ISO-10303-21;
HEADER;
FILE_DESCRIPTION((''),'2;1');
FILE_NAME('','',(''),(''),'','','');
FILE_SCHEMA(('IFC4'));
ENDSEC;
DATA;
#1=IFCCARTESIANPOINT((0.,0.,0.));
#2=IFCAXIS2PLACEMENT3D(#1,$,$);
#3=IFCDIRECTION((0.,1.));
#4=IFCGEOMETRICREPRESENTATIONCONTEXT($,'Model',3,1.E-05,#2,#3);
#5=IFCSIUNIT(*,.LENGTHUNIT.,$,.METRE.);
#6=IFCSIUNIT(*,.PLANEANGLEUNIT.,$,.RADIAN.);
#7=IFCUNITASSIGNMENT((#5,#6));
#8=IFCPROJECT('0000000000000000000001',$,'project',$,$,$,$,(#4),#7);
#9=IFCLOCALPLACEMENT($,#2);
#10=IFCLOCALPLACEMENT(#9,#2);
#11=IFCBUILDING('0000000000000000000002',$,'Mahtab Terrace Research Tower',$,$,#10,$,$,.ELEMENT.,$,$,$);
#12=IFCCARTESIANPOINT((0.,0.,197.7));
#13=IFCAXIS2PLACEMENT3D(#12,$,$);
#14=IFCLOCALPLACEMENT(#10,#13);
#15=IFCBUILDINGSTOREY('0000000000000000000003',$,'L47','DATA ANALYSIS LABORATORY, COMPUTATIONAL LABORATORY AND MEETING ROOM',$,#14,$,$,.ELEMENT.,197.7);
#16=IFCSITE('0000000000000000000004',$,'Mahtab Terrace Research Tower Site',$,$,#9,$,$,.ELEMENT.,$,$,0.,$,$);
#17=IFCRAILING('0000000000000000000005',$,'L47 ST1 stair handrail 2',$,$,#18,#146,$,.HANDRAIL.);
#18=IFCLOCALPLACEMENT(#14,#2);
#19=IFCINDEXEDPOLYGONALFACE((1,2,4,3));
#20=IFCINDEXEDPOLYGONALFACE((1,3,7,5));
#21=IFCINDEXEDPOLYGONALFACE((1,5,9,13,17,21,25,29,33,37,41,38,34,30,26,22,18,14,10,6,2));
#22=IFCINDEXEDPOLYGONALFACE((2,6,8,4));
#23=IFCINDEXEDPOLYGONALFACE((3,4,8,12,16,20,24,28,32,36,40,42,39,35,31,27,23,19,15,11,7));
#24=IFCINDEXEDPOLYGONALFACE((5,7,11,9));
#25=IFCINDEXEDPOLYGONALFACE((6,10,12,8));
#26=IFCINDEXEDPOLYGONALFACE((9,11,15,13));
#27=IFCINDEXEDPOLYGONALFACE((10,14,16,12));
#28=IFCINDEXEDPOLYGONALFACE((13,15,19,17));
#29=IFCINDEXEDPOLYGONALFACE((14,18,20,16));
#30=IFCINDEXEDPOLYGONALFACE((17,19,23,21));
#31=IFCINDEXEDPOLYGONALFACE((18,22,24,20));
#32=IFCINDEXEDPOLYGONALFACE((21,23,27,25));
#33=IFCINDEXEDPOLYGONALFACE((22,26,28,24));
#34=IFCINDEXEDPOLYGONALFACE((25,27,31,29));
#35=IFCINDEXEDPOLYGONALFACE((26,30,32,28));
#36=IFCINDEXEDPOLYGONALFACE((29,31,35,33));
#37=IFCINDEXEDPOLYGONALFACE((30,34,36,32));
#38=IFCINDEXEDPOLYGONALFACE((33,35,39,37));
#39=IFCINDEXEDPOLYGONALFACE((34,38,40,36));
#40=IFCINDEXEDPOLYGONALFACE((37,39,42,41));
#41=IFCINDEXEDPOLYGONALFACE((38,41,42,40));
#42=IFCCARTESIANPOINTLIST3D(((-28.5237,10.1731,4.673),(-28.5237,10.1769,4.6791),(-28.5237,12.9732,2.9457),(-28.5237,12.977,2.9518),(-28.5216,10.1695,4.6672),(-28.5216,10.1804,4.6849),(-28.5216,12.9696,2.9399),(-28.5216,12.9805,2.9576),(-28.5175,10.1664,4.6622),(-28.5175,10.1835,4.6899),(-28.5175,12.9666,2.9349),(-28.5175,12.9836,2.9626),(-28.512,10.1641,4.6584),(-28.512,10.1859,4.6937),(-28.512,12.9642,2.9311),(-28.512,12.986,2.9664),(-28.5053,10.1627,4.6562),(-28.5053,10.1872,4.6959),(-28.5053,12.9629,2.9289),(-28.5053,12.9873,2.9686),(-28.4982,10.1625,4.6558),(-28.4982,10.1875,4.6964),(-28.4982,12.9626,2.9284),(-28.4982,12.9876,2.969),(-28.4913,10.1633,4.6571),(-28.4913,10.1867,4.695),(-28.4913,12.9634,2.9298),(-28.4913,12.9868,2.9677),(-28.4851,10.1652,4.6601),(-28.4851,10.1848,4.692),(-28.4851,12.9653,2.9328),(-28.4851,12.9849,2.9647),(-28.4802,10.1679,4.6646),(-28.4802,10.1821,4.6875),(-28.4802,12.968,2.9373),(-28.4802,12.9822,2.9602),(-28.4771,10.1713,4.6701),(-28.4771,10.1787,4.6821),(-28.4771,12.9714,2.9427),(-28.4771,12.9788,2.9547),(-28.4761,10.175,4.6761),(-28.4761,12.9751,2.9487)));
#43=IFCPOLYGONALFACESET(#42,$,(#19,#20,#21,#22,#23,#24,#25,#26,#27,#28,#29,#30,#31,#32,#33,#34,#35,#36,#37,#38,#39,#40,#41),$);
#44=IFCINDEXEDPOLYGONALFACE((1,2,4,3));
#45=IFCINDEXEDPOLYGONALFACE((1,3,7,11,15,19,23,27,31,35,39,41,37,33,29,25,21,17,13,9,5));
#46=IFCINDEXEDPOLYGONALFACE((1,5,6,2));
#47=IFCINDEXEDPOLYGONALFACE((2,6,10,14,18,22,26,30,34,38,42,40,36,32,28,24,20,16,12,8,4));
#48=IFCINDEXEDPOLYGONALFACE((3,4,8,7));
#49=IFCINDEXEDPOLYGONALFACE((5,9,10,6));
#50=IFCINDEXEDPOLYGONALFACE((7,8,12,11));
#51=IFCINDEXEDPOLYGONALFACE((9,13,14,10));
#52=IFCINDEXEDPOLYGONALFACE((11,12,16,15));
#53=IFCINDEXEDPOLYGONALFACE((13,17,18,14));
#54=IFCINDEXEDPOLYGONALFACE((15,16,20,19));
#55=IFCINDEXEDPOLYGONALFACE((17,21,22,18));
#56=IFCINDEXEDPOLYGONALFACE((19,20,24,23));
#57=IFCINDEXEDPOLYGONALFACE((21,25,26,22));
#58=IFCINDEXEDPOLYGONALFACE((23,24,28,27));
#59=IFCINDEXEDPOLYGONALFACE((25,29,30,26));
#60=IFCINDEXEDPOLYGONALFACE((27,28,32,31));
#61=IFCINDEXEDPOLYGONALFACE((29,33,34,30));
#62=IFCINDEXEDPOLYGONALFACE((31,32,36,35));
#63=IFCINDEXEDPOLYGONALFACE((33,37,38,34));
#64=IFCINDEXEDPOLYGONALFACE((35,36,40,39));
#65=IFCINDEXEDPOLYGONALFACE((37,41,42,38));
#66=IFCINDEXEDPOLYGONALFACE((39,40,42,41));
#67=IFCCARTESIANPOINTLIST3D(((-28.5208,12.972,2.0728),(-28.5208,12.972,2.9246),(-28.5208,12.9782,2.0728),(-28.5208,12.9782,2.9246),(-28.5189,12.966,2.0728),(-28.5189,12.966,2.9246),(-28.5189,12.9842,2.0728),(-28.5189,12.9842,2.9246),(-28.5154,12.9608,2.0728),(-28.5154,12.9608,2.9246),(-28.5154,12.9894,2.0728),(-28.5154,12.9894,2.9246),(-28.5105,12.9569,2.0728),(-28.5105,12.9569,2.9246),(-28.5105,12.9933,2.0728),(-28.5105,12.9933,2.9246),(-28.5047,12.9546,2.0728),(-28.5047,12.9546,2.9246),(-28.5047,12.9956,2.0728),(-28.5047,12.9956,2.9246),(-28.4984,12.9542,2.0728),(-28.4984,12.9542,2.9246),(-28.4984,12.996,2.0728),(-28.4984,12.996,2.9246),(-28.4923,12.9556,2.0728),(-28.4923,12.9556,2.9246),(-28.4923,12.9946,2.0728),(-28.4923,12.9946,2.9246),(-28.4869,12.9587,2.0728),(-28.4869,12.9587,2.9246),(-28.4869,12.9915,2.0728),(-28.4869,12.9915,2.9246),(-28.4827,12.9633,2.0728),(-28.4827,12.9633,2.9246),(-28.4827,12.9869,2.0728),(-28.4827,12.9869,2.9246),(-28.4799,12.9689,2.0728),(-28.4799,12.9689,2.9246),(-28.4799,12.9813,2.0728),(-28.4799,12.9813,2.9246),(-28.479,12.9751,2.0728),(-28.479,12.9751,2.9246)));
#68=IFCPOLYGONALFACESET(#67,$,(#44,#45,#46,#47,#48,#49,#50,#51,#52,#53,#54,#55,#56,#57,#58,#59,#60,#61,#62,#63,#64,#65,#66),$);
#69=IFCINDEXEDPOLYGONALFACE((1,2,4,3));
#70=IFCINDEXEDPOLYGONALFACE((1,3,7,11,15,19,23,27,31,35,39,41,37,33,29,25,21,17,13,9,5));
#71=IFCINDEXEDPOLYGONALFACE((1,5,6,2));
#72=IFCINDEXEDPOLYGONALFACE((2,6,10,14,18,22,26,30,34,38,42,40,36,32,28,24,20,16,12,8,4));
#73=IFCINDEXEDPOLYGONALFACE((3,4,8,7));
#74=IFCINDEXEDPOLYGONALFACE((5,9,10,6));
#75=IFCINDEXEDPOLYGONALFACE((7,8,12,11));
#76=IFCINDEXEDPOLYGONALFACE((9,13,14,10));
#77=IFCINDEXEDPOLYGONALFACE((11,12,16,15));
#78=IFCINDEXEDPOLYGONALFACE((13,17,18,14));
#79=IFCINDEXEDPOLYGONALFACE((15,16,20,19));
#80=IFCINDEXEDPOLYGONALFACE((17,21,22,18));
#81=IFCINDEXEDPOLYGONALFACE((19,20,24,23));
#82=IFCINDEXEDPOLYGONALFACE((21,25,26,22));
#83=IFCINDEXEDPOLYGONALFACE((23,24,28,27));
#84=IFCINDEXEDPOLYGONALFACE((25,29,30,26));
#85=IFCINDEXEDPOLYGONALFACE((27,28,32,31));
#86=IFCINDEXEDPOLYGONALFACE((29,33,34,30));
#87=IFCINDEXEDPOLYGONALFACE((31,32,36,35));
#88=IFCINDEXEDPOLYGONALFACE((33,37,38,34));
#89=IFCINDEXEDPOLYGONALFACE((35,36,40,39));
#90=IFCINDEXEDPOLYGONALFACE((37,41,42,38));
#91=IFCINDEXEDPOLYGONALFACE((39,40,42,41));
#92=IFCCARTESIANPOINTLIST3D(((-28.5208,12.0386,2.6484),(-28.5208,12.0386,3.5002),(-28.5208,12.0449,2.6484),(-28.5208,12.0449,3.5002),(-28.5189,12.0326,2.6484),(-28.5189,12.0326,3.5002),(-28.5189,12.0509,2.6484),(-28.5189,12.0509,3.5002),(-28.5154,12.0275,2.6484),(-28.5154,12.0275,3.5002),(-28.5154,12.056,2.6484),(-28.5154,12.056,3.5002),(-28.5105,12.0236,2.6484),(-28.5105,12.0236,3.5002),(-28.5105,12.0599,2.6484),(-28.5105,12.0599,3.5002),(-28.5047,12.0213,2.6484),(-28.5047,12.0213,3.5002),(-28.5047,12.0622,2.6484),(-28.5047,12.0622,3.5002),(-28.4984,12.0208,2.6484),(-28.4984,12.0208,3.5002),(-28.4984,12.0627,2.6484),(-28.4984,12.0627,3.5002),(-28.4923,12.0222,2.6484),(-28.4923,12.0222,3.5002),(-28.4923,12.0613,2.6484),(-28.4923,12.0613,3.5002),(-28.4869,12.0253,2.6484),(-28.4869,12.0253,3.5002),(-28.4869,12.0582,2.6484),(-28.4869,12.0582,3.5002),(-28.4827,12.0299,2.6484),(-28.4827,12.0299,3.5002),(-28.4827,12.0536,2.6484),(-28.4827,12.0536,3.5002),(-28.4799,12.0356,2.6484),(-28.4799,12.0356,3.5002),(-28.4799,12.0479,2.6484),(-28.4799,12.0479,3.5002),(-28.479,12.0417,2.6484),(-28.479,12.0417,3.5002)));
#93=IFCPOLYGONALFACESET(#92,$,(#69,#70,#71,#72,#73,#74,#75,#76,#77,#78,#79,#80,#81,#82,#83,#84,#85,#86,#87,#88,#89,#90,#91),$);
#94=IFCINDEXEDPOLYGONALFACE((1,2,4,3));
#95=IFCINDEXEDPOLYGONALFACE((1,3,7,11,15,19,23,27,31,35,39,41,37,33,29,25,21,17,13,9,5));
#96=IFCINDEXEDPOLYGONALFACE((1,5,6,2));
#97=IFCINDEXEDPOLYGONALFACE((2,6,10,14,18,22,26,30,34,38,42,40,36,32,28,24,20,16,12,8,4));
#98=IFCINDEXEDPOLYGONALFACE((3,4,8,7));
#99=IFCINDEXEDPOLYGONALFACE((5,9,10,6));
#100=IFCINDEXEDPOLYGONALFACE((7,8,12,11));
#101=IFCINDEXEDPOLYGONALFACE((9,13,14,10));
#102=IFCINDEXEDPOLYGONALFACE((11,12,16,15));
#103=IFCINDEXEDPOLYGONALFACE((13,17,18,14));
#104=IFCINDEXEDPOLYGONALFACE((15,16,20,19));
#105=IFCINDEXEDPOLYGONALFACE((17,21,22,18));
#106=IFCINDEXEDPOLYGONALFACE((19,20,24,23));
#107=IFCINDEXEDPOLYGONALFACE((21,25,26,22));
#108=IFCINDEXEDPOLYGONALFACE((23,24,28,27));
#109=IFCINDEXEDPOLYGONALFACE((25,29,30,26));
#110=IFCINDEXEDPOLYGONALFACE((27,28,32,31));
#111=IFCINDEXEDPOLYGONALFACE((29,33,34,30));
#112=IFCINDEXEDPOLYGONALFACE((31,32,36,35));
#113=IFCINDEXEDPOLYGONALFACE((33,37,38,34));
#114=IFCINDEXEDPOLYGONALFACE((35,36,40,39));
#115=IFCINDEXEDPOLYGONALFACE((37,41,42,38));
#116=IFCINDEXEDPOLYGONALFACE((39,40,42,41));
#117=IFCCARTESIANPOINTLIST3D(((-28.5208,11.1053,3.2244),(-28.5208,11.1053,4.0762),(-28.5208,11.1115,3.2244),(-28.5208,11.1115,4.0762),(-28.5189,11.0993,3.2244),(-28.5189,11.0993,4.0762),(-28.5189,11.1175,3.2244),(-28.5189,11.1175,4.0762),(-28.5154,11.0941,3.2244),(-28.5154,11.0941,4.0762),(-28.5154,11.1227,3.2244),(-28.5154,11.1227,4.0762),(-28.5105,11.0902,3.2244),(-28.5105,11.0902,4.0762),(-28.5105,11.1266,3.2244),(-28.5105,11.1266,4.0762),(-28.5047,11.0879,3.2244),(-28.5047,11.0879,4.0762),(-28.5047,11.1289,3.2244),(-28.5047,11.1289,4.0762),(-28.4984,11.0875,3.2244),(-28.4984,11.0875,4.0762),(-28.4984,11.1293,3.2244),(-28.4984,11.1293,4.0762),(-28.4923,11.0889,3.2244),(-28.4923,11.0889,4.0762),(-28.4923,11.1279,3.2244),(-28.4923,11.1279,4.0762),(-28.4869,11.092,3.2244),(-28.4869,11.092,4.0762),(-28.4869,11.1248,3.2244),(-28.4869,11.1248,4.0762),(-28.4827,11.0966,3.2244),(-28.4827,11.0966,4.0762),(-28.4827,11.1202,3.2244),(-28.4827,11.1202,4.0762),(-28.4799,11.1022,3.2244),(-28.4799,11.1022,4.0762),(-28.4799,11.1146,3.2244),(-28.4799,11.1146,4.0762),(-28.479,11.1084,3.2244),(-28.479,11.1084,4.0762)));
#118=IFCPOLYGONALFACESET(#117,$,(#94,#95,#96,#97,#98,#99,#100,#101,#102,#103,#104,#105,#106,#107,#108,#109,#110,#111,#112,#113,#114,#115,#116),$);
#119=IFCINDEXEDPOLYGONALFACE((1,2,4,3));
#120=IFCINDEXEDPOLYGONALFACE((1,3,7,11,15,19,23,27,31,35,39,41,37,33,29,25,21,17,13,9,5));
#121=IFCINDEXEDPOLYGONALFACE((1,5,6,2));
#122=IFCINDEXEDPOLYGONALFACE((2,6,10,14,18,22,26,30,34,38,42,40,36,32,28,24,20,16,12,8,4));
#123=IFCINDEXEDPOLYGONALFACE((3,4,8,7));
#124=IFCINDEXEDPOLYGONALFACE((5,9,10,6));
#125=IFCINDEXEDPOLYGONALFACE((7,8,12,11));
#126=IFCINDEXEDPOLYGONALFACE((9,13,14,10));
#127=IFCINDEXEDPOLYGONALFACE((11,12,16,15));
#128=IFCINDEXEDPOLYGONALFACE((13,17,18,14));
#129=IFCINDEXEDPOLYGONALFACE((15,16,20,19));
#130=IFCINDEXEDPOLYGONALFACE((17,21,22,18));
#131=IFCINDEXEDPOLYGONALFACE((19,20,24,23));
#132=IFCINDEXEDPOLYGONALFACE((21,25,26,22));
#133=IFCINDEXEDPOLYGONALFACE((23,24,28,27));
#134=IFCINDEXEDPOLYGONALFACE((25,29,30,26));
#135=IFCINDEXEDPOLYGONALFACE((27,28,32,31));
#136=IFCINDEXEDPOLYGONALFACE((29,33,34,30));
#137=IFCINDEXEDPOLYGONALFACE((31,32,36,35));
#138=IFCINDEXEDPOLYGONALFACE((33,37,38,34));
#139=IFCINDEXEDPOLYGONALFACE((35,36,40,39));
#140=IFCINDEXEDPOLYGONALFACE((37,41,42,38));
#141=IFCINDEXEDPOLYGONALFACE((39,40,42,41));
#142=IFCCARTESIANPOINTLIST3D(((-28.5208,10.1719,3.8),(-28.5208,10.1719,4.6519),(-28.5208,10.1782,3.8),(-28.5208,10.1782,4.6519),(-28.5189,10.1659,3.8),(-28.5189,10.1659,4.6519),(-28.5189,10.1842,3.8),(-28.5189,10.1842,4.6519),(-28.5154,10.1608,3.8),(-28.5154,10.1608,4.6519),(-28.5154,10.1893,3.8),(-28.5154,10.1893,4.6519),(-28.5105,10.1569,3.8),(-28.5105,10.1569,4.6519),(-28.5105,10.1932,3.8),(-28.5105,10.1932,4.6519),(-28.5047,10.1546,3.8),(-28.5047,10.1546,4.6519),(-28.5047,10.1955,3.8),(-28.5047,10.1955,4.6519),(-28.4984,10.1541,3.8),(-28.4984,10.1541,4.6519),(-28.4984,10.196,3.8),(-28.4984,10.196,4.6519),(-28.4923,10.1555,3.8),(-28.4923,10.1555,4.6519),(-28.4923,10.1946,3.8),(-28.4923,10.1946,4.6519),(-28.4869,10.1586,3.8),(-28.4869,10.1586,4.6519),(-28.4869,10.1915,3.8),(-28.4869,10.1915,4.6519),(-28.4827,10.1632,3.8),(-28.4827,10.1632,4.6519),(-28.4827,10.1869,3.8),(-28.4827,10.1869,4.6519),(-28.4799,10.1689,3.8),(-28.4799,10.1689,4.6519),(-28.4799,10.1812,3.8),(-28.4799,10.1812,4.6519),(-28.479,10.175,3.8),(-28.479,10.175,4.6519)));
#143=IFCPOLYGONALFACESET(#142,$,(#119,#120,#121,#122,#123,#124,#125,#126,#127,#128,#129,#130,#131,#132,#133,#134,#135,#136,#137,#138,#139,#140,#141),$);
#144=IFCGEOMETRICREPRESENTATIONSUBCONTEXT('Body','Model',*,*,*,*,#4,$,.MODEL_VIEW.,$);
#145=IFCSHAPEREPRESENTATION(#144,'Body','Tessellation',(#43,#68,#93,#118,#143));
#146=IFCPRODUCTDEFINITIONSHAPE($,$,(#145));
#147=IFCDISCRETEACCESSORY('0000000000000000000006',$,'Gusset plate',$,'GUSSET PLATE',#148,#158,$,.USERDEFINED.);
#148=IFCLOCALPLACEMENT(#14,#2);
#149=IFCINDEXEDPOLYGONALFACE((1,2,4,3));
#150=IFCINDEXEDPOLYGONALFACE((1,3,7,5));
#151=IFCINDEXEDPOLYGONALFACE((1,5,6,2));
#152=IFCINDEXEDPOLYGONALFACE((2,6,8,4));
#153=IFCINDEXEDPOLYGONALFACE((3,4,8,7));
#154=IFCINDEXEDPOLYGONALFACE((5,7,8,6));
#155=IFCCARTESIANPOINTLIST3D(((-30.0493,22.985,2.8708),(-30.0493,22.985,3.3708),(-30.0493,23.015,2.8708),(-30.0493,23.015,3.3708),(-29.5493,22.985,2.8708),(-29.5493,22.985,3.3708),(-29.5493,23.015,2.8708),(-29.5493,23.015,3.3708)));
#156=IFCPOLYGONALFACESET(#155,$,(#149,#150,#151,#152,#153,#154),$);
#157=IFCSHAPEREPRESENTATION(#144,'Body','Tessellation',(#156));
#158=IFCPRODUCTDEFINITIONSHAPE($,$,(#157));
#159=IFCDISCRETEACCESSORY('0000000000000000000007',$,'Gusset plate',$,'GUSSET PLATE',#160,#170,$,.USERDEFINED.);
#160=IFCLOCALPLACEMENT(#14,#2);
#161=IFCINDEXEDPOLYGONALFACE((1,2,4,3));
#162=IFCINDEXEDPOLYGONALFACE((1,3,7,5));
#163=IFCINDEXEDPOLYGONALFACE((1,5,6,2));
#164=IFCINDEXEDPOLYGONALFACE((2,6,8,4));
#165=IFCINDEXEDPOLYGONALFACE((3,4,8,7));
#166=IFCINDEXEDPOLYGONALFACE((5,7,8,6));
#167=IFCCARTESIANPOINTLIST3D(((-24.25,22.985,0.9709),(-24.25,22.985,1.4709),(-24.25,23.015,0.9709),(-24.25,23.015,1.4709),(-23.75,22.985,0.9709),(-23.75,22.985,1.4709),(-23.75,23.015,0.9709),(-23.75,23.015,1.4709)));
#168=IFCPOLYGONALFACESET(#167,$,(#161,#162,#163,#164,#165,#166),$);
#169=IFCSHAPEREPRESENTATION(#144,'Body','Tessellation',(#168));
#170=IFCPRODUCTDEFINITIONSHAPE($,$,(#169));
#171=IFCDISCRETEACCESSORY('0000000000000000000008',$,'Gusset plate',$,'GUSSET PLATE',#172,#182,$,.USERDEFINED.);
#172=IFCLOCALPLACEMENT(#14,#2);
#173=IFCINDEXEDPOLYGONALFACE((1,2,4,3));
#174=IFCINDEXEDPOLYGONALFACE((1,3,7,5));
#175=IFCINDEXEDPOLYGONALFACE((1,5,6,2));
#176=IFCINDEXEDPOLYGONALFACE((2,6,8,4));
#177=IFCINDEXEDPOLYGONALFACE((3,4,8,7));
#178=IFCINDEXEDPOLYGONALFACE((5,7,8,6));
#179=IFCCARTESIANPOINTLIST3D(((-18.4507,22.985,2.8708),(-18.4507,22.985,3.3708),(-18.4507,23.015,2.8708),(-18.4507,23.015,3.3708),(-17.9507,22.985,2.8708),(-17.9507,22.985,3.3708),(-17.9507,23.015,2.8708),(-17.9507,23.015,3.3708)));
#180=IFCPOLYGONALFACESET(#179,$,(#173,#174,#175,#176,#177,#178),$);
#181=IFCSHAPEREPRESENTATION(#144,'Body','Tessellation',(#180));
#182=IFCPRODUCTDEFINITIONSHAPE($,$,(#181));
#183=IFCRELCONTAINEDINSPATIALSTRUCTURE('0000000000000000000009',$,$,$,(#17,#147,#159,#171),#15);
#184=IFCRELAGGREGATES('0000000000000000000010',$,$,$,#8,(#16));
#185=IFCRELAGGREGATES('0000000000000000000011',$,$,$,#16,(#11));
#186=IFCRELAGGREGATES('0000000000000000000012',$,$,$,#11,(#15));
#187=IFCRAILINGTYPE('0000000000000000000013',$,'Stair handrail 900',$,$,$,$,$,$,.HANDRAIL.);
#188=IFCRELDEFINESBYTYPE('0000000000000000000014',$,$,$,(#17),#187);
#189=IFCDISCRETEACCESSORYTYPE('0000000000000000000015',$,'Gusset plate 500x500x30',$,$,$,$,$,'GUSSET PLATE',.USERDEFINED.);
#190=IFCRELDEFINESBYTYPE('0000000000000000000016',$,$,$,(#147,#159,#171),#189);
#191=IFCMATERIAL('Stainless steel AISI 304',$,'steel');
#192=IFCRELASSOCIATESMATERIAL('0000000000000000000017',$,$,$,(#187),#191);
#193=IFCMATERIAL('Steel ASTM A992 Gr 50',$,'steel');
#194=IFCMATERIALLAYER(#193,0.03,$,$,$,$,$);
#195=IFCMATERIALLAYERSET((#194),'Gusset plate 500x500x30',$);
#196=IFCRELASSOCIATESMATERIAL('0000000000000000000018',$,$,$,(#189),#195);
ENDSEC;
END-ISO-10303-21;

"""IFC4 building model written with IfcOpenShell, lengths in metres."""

from ifc_helpers import new_model, si_unit, direction, frame, origin, origin_2d, place, context, subcontext, project, spatial, rectangle, circle, extrude, material, layer, layer_set, type_object, element, save


model = new_model("IFC4")

# Units and contexts
model_context = context("Model", 3, precision=1e-05, world=origin(), true_north=direction((0.0, 1.0)))
body_context = subcontext(model_context, "Body", "Model", "MODEL_VIEW")
ifc_project = project(units=[si_unit("LENGTHUNIT", "METRE"), si_unit("PLANEANGLEUNIT", "RADIAN")], contexts=[model_context])

# Site, building, storey
site_placement = place(None, origin())
site = spatial("IfcSite", under=ifc_project, at=site_placement, Name="Mahtab Terrace Research Tower Site", CompositionType="ELEMENT", RefElevation=0.0)
building_placement = place(site_placement, origin())
building = spatial("IfcBuilding", under=site, at=building_placement, Name="Mahtab Terrace Research Tower", CompositionType="ELEMENT")
storey_placement = place(building_placement, frame((0.0, 0.0, 197.7)))
storey = spatial("IfcBuildingStorey", under=building, at=storey_placement, Name="L47", Description="DATA ANALYSIS LABORATORY, COMPUTATIONAL LABORATORY AND MEETING ROOM", CompositionType="ELEMENT", Elevation=197.7)

# Shared definitions
ifc_material_1 = material(Name="Steel ASTM A992 Gr 50", Category="steel")

# Railing
ifc_material_2 = material(Name="Stainless steel AISI 304", Category="steel")
railing_type_1 = type_object("IfcRailingType", Name="Stair handrail 900", PredefinedType="HANDRAIL", material=ifc_material_2)
railing_1_placement = place(storey_placement, frame((-28.5, 12.9751, 2.0728)))
element("IfcRailing", 1, at=railing_1_placement, inside=storey, type_object=railing_type_1, Name="L47 ST1 stair handrail 2", PredefinedType="HANDRAIL", context=body_context, shape_type="SweptSolid", body=[
    extrude(circle(Radius=0.0239, at=origin_2d()), frame((0.0, 0.0, 0.876), z_axis=(0.0, -0.85109, 0.52502), x_axis=(1.0, 0.0, 0.0)), (0.0, 0.0, 1.0), 3.29),
    extrude(circle(Radius=0.021, at=origin_2d()), origin(), (0.0, 0.0, 1.0), 0.8518),
    extrude(circle(Radius=0.021, at=origin_2d()), frame((0.0, -0.9333, 0.5757)), (0.0, 0.0, 1.0), 0.8518),
    extrude(circle(Radius=0.021, at=origin_2d()), frame((0.0, -1.8667, 1.1516)), (0.0, 0.0, 1.0), 0.8518),
    extrude(circle(Radius=0.021, at=origin_2d()), frame((0.0, -2.8, 1.7273)), (0.0, 0.0, 1.0), 0.8518),
])

# Discrete accessories
ifc_layer_1 = layer(ifc_material_1, 0.03)
ifc_layer_set_1 = layer_set([ifc_layer_1], Name="Gusset plate 500x500x30")
discrete_accessory_type = type_object("IfcDiscreteAccessoryType", Name="Gusset plate 500x500x30", ElementType="GUSSET PLATE", PredefinedType="USERDEFINED", material=ifc_layer_set_1)
for number, where, z_axis, x_axis, name in (
    (2, (-29.7993, 23.0, 2.8708), (0.0, 0.0, 1.0), (1.0, 0.0, 0.0), "Gusset plate"),
    (3, (-24.0, 23.0, 0.9709), (0.0, 0.0, 1.0), (1.0, 0.0, 0.0), "Gusset plate"),
    (4, (-18.2007, 23.0, 2.8708), (0.0, 0.0, 1.0), (1.0, 0.0, 0.0), "Gusset plate"),
):
    element("IfcDiscreteAccessory", number, at=place(storey_placement, frame(where, z_axis=z_axis, x_axis=x_axis)), inside=storey, type_object=discrete_accessory_type, Name=name, ObjectType="GUSSET PLATE", PredefinedType="USERDEFINED", context=body_context, shape_type="SweptSolid", body=[
        extrude(rectangle(XDim=0.5, YDim=0.03, at=origin_2d()), origin(), (0.0, 0.0, 1.0), 0.5),
    ])

save(model, "model.ifc")
